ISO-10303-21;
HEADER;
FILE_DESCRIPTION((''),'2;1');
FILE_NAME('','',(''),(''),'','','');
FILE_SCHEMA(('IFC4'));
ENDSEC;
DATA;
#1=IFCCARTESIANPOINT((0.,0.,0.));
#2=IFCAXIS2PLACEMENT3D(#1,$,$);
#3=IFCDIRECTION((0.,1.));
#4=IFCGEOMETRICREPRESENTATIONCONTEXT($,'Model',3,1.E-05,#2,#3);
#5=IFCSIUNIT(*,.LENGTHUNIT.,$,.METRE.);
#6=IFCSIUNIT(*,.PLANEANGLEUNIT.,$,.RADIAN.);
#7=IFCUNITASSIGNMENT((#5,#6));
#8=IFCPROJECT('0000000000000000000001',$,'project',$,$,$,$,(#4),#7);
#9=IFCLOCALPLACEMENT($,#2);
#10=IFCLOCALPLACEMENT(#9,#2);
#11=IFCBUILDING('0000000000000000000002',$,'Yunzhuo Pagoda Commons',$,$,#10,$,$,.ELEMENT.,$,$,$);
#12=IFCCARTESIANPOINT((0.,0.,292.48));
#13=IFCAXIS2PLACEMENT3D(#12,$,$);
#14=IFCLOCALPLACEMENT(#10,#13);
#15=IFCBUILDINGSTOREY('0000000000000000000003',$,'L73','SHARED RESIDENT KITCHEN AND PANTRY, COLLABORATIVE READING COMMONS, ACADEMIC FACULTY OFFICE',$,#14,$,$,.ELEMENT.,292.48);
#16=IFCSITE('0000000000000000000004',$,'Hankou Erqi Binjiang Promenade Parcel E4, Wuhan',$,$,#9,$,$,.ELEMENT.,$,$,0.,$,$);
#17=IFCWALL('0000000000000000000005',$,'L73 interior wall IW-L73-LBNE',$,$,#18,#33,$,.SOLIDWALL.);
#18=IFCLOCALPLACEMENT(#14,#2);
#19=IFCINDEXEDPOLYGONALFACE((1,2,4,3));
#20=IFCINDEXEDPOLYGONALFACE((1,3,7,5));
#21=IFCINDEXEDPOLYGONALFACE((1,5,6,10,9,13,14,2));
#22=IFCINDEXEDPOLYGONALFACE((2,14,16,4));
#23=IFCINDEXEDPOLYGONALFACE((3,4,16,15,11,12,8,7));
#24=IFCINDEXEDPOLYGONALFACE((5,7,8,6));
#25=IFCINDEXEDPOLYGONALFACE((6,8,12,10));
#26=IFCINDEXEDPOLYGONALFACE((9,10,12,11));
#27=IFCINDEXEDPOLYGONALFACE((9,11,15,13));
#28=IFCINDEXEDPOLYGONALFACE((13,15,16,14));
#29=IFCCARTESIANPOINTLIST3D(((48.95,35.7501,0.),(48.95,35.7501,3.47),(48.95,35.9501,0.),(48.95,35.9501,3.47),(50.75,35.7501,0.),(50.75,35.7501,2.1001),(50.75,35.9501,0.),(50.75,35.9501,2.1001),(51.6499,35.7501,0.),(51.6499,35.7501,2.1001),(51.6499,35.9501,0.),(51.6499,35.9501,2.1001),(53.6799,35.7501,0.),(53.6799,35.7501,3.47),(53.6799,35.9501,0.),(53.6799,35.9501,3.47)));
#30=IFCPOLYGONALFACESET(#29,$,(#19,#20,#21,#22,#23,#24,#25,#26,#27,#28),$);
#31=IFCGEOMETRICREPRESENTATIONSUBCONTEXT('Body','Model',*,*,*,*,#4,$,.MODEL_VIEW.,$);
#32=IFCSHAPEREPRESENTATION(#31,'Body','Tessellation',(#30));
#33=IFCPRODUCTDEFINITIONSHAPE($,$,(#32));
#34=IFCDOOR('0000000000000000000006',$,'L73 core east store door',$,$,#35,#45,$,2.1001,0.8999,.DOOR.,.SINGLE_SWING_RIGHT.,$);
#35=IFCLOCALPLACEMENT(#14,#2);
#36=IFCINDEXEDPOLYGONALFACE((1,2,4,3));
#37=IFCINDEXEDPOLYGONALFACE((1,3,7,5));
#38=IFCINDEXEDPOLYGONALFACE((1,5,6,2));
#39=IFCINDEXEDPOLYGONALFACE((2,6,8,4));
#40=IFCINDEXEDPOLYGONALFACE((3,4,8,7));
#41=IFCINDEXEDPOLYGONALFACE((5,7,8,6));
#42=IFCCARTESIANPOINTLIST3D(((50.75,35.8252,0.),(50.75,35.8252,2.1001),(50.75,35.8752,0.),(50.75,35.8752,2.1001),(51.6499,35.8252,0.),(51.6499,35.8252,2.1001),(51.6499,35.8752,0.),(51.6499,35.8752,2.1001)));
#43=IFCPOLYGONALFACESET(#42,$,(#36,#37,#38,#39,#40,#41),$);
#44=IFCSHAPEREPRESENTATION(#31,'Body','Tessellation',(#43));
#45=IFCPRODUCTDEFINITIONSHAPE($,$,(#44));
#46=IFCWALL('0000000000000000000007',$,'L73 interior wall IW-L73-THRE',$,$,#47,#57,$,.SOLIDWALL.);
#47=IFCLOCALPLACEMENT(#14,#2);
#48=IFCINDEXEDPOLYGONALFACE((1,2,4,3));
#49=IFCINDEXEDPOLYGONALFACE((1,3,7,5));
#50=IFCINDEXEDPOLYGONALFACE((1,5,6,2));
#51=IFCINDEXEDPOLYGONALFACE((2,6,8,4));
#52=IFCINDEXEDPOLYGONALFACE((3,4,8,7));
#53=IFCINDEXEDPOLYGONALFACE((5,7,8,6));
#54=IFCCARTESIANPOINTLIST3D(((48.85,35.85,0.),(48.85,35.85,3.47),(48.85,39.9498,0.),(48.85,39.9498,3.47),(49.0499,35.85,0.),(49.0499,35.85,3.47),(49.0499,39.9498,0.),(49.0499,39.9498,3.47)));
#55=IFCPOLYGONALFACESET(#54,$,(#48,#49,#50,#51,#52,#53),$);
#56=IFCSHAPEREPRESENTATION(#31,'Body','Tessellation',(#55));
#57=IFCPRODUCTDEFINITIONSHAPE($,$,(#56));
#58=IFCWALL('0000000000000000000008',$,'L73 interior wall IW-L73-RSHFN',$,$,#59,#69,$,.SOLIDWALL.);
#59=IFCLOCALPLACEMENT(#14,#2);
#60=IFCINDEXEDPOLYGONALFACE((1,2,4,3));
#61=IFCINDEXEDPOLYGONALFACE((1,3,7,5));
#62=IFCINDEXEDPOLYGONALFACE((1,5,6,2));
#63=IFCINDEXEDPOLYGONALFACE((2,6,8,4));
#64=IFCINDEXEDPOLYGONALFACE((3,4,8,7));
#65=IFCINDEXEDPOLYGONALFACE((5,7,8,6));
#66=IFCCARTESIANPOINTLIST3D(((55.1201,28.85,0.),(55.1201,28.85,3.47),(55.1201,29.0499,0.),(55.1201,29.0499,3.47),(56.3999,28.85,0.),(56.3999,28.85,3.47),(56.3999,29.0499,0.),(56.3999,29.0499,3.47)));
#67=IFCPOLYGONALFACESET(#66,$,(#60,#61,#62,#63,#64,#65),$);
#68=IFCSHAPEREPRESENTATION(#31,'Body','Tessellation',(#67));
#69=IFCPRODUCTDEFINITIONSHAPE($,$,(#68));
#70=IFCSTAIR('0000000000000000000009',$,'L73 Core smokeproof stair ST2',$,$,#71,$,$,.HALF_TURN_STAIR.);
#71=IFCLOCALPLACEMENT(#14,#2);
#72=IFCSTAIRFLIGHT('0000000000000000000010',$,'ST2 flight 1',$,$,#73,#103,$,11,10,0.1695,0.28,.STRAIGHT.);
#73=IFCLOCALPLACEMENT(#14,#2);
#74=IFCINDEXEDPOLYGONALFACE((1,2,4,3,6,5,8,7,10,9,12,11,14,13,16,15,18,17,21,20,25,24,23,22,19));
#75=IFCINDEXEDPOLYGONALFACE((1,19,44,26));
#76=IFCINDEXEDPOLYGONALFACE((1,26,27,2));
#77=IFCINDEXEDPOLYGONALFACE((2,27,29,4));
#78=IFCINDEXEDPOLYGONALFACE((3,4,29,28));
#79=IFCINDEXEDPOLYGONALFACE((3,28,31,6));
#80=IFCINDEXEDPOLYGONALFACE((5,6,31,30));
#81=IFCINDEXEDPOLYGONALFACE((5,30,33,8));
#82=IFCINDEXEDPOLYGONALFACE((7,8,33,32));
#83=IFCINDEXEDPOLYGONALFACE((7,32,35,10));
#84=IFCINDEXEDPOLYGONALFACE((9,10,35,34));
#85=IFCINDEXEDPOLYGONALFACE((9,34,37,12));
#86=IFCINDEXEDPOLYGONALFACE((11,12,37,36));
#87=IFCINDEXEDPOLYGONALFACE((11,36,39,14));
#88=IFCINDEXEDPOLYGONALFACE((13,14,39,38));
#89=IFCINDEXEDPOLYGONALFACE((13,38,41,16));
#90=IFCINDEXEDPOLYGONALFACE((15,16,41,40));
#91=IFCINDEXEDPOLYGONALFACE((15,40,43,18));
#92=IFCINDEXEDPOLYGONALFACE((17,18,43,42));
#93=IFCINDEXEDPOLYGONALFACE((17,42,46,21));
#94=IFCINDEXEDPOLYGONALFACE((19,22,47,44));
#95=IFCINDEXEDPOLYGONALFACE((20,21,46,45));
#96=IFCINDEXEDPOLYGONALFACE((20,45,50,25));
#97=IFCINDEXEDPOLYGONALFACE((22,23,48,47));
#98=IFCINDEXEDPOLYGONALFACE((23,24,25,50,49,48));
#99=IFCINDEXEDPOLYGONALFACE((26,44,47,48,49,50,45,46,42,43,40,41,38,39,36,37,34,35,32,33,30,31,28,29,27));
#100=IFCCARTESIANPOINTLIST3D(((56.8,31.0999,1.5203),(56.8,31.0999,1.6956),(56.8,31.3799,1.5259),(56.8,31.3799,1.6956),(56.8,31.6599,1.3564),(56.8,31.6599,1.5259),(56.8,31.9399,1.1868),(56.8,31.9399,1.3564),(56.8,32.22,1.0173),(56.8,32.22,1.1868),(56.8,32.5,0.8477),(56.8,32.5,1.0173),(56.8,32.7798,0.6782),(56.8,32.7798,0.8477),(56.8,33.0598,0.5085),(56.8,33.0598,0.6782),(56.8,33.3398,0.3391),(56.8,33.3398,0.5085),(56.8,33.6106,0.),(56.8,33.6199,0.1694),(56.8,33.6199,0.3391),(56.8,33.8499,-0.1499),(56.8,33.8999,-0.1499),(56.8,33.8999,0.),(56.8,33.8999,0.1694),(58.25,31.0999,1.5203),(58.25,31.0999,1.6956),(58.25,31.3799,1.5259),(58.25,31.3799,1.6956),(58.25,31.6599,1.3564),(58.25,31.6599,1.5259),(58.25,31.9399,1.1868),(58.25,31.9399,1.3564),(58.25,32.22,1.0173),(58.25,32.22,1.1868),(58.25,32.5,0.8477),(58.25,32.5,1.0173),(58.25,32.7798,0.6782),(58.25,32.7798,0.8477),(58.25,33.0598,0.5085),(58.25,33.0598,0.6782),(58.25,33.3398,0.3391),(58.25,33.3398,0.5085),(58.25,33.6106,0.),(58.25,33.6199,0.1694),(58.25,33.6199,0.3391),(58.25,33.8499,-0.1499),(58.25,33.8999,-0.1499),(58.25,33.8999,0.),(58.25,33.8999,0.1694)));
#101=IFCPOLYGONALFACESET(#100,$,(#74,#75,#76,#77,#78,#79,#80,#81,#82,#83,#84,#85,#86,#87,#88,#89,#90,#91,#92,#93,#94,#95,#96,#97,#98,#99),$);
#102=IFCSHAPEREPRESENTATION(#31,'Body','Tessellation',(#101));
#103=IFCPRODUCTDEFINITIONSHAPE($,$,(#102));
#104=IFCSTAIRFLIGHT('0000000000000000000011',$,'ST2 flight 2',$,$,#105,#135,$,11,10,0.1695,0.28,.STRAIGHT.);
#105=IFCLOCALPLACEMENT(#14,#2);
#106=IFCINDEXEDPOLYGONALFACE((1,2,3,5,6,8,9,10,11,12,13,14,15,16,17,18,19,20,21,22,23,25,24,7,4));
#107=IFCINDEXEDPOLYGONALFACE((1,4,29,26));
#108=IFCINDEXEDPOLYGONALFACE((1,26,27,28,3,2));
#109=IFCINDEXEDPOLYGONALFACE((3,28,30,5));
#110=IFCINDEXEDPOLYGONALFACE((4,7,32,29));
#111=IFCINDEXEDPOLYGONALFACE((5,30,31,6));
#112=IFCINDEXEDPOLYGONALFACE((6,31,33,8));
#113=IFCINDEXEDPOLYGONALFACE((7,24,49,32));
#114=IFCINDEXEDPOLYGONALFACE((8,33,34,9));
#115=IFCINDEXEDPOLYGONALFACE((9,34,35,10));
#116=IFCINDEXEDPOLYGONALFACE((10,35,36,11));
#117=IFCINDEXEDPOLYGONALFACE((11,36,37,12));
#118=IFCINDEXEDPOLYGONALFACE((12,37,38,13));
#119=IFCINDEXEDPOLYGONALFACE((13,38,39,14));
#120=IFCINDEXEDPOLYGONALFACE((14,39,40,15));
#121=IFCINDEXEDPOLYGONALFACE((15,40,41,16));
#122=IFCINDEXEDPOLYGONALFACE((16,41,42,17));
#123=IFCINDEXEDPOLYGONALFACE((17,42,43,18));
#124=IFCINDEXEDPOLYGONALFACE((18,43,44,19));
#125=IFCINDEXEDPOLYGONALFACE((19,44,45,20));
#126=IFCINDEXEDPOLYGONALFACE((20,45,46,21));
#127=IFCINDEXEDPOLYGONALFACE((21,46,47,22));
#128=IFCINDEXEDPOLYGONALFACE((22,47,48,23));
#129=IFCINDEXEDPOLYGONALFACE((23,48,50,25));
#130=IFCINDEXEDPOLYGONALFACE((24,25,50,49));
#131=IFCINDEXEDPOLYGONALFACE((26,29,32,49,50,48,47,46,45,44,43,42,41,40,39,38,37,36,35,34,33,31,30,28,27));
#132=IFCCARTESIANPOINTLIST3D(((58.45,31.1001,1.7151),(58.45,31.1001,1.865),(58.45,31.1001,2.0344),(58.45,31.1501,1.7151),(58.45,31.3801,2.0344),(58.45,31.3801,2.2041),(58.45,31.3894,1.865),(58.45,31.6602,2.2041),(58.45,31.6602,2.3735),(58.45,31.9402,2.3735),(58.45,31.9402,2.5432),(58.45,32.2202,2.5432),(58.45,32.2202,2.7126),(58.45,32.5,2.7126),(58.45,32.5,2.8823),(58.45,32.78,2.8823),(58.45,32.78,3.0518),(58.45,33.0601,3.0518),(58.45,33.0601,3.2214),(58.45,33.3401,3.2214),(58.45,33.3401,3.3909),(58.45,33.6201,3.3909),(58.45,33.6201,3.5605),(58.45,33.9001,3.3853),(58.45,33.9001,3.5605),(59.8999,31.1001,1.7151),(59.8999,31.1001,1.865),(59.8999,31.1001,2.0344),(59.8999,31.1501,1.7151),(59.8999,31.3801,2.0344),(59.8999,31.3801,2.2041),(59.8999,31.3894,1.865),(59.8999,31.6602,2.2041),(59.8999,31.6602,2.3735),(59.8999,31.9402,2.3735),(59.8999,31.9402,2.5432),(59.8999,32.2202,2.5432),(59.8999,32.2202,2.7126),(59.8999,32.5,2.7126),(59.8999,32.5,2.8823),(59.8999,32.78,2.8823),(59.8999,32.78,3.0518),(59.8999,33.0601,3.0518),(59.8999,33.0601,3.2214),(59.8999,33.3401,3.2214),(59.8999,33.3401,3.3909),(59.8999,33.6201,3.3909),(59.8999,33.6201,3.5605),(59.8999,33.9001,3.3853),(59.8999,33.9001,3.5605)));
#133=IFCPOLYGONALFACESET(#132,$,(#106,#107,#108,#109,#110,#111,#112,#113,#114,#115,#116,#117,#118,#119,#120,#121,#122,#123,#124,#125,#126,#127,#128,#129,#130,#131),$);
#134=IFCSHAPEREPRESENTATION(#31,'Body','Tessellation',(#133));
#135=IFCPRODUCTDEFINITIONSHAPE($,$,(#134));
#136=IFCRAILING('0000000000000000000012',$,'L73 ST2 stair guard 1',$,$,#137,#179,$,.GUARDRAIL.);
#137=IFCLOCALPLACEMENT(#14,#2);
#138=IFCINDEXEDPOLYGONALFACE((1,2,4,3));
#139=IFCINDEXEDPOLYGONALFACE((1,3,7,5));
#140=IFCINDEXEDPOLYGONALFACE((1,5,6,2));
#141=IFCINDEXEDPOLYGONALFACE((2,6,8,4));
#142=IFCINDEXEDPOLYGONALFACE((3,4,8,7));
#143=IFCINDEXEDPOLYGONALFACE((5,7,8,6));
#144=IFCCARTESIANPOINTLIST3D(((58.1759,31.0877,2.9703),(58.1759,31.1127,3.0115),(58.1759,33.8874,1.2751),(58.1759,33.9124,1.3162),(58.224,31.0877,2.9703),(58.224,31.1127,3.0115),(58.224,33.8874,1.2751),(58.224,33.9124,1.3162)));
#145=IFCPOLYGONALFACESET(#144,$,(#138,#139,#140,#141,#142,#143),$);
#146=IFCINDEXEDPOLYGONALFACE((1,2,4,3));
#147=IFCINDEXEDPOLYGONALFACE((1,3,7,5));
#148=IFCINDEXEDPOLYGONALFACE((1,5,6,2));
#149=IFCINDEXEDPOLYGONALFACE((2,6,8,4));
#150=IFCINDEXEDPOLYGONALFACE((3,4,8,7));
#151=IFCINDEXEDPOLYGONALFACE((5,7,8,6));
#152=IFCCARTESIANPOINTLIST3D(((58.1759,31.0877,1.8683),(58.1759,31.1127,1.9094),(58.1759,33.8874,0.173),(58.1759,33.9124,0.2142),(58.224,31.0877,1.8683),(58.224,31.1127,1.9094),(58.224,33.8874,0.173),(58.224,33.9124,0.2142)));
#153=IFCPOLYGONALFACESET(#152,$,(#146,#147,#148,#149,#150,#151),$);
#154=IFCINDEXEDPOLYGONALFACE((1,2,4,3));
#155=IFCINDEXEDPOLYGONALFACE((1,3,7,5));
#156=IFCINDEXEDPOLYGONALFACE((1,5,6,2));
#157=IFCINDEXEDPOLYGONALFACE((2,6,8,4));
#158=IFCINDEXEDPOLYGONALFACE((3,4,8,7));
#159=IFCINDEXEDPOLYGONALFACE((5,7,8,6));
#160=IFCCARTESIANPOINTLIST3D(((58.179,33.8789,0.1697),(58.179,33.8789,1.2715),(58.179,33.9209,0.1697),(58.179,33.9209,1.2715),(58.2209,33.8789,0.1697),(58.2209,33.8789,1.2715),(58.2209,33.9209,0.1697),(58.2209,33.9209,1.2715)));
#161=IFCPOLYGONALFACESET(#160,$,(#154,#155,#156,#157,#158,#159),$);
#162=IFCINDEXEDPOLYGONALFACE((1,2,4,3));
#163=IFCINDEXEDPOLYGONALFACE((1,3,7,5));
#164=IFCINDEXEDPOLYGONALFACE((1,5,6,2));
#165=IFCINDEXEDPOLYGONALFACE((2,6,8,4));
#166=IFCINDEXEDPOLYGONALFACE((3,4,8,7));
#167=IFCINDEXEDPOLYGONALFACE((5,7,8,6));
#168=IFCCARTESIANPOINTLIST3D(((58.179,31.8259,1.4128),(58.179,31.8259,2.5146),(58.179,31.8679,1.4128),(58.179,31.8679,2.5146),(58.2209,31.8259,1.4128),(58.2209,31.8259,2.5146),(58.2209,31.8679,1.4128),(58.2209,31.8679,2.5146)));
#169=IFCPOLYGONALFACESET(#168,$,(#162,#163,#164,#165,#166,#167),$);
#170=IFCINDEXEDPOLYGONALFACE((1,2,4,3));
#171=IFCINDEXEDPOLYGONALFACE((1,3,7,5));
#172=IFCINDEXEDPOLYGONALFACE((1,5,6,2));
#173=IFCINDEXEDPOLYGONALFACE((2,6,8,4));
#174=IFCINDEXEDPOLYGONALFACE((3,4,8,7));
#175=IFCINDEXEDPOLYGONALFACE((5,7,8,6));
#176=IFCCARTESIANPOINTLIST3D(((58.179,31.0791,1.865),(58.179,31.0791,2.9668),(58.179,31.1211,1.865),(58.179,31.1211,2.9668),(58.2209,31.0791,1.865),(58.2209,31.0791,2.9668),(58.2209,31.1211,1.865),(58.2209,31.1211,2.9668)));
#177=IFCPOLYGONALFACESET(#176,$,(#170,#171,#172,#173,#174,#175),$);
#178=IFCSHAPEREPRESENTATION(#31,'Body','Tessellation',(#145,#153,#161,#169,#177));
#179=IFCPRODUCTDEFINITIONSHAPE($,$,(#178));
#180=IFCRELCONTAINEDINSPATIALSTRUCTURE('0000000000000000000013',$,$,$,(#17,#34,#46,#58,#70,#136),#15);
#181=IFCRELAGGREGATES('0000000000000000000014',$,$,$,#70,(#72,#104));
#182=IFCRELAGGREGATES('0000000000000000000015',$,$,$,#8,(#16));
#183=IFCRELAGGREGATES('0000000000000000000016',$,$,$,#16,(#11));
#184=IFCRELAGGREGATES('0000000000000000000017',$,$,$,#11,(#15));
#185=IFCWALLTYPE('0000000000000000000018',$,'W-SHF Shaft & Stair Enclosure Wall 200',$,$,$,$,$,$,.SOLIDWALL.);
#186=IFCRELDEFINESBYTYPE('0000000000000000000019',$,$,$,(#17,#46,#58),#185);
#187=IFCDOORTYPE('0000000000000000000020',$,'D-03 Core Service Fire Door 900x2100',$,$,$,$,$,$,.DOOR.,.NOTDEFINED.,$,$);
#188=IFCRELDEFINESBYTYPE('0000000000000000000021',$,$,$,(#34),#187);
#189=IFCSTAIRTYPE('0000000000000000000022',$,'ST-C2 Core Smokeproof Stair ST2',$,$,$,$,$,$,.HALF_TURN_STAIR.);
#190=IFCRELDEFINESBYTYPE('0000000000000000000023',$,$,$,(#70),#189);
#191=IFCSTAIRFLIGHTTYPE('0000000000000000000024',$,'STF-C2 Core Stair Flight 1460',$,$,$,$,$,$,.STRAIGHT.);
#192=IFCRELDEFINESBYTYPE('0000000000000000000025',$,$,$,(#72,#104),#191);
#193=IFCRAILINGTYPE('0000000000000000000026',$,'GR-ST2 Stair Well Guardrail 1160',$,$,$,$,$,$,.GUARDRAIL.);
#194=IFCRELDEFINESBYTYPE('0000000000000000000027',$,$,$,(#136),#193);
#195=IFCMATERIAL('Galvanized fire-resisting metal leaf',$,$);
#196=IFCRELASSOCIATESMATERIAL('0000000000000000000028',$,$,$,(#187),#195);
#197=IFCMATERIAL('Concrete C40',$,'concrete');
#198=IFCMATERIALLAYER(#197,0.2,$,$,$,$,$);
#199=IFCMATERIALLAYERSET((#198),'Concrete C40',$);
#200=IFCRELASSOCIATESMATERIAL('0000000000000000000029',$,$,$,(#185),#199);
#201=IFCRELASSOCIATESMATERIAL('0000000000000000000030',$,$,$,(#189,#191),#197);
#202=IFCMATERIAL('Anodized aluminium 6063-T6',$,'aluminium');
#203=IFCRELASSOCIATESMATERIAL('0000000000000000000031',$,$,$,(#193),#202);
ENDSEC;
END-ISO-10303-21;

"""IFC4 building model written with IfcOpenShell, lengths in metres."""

from ifc_helpers import new_model, si_unit, direction, frame, frame_2d, origin, origin_2d, place, context, subcontext, project, spatial, polyline, rectangle, outline, extrude, source, transform, mapped, material, layer, layer_set, type_object, element, fill, aggregate, save


model = new_model("IFC4")

# Units and contexts
model_context = context("Model", 3, precision=1e-05, world=origin(), true_north=direction((0.0, 1.0)))
body_context = subcontext(model_context, "Body", "Model", "MODEL_VIEW")
ifc_project = project(units=[si_unit("LENGTHUNIT", "METRE"), si_unit("PLANEANGLEUNIT", "RADIAN")], contexts=[model_context])

# Site, building, storey
site_placement = place(None, origin())
site = spatial("IfcSite", under=ifc_project, at=site_placement, Name="Hankou Erqi Binjiang Promenade Parcel E4, Wuhan", CompositionType="ELEMENT", RefElevation=0.0)
building_placement = place(site_placement, origin())
building = spatial("IfcBuilding", under=site, at=building_placement, Name="Yunzhuo Pagoda Commons", CompositionType="ELEMENT")
storey_placement = place(building_placement, frame((0.0, 0.0, 292.48)))
storey = spatial("IfcBuildingStorey", under=building, at=storey_placement, Name="L73", Description="SHARED RESIDENT KITCHEN AND PANTRY, COLLABORATIVE READING COMMONS, ACADEMIC FACULTY OFFICE", CompositionType="ELEMENT", Elevation=292.48)

# Shared definitions
ifc_material_1 = material(Name="Galvanized fire-resisting metal leaf")

# Shared definitions
door_type_1 = type_object("IfcDoorType", Name="D-03 Core Service Fire Door 900x2100", OperationType="NOTDEFINED", PredefinedType="DOOR", material=ifc_material_1)
shared_shape_1 = source(origin(), body_context, "Body", "SweptSolid", [
    extrude(rectangle(XDim=0.8999, YDim=2.1001, at=frame_2d((0.45, 1.05))), frame((0.0, 0.0249, 0.0), z_axis=(0.0, -1.0, 0.0), x_axis=(1.0, 0.0, 0.0)), (0.0, 0.0, 1.0), 0.05),
])

# Shared definitions
ifc_material_2 = material(Name="Concrete C40", Category="concrete")
ifc_layer_1 = layer(ifc_material_2, 0.2)
ifc_layer_set_1 = layer_set([ifc_layer_1], Name="Concrete C40")
wall_type_1 = type_object("IfcWallType", Name="W-SHF Shaft & Stair Enclosure Wall 200", PredefinedType="SOLIDWALL", material=ifc_layer_set_1)

# Wall, opening, door
wall_1_placement = place(storey_placement, frame((48.95, 35.8501, 0.0), z_axis=(0.0, 0.0, 1.0), x_axis=(1.0, 0.0, 0.0)))
wall_1 = element("IfcWall", 1, at=wall_1_placement, inside=storey, type_object=wall_type_1, Name="L73 interior wall IW-L73-LBNE", PredefinedType="SOLIDWALL", context=body_context, shape_type="SweptSolid", body=[
    extrude(rectangle(XDim=4.73, YDim=0.2, at=frame_2d((2.365, 0.0))), origin(), (0.0, 0.0, 1.0), 3.47),
])
opening_1_placement = place(wall_1_placement, frame((1.8, 0.0, 0.0)))
opening_1 = element("IfcOpeningElement", 2, at=opening_1_placement, cuts=wall_1, PredefinedType="OPENING", context=body_context, shape_type="SweptSolid", body=[
    extrude(rectangle(XDim=0.8999, YDim=2.1001, at=frame_2d((0.45, 1.05))), frame((0.0, 0.1099, 0.0), z_axis=(0.0, -1.0, 0.0), x_axis=(1.0, 0.0, 0.0)), (0.0, 0.0, 1.0), 0.22),
])
door_1_placement = place(opening_1_placement, frame((0.8999, 0.0, 0.0), z_axis=(0.0, 0.0, 1.0), x_axis=(-1.0, 0.0, 0.0)))
door_1 = element("IfcDoor", 3, at=door_1_placement, inside=storey, type_object=door_type_1, Name="L73 core east store door", OperationType="SINGLE_SWING_RIGHT", OverallHeight=2.1001, OverallWidth=0.8999, PredefinedType="DOOR", context=body_context, shape_type="MappedRepresentation", body=[
    mapped(shared_shape_1, transform((0.0, 0.0, 0.0), scale=1.0)),
])
fill(opening_1, door_1)

# Walls
wall_2_placement = place(storey_placement, frame((48.95, 35.8501, 0.0), z_axis=(0.0, 0.0, 1.0), x_axis=(0.0, 1.0, 0.0)))
element("IfcWall", 4, at=wall_2_placement, inside=storey, type_object=wall_type_1, Name="L73 interior wall IW-L73-THRE", PredefinedType="SOLIDWALL", context=body_context, shape_type="SweptSolid", body=[
    extrude(rectangle(XDim=4.0999, YDim=0.2, at=frame_2d((2.0498, 0.0))), origin(), (0.0, 0.0, 1.0), 3.47),
])
wall_3_placement = place(storey_placement, frame((55.1201, 28.95, 0.0), z_axis=(0.0, 0.0, 1.0), x_axis=(1.0, 0.0, 0.0)))
element("IfcWall", 5, at=wall_3_placement, inside=storey, type_object=wall_type_1, Name="L73 interior wall IW-L73-RSHFN", PredefinedType="SOLIDWALL", context=body_context, shape_type="SweptSolid", body=[
    extrude(rectangle(XDim=1.2798, YDim=0.2, at=frame_2d((0.6399, 0.0))), origin(), (0.0, 0.0, 1.0), 3.47),
])

# Stair, stair flights
stair_type = type_object("IfcStairType", Name="ST-C2 Core Smokeproof Stair ST2", PredefinedType="HALF_TURN_STAIR", material=ifc_material_2)
stair_placement = place(storey_placement, origin())
stair = element("IfcStair", 6, at=stair_placement, inside=storey, type_object=stair_type, Name="L73 Core smokeproof stair ST2", PredefinedType="HALF_TURN_STAIR")
stair_flight_type = type_object("IfcStairFlightType", Name="STF-C2 Core Stair Flight 1460", PredefinedType="STRAIGHT", material=ifc_material_2)
shared_shape_2 = source(origin(), body_context, "Body", "SweptSolid", [
    extrude(outline(polyline([(0.0, -0.1499), (0.0, 0.0), (0.0, 0.1694), (0.28, 0.1694), (0.28, 0.3391), (0.5601, 0.3391), (0.5601, 0.5085), (0.8401, 0.5085), (0.8401, 0.6782), (1.1201, 0.6782), (1.1201, 0.8477), (1.3999, 0.8477), (1.3999, 1.0173), (1.6799, 1.0173), (1.6799, 1.1868), (1.96, 1.1868), (1.96, 1.3564), (2.24, 1.3564), (2.24, 1.5259), (2.52, 1.5259), (2.52, 1.6956), (2.8, 1.6956), (2.8, 1.865), (2.8, 1.5203), (0.2893, 0.0), (0.05, -0.1499), (0.0, -0.1499)])), frame((0.0, 0.7251, 0.0), z_axis=(0.0, -1.0, 0.0), x_axis=(1.0, 0.0, 0.0)), (0.0, 0.0, 1.0), 1.45),
])
stair_flight_1_placement = place(storey_placement, frame((57.5249, 33.8999, 0.0), z_axis=(0.0, 0.0, 1.0), x_axis=(0.0, -1.0, 0.0)))
stair_flight_1 = element("IfcStairFlight", 7, at=stair_flight_1_placement, type_object=stair_flight_type, Name="ST2 flight 1", NumberOfRisers=11, NumberOfTreads=10, PredefinedType="STRAIGHT", RiserHeight=0.1695, TreadLength=0.28, context=body_context, shape_type="MappedRepresentation", body=[
    mapped(shared_shape_2, transform((0.0, 0.0, 0.0), scale=1.0)),
])
stair_flight_2_placement = place(storey_placement, frame((59.175, 31.1001, 1.865), z_axis=(0.0, 0.0, 1.0), x_axis=(0.0, 1.0, 0.0)))
stair_flight_2 = element("IfcStairFlight", 8, at=stair_flight_2_placement, type_object=stair_flight_type, Name="ST2 flight 2", NumberOfRisers=11, NumberOfTreads=10, PredefinedType="STRAIGHT", RiserHeight=0.1695, TreadLength=0.28, context=body_context, shape_type="MappedRepresentation", body=[
    mapped(shared_shape_2, transform((0.0, 0.0, 0.0), scale=1.0)),
])
aggregate(stair, [stair_flight_1, stair_flight_2])

# Railing
ifc_material_3 = material(Name="Anodized aluminium 6063-T6", Category="aluminium")
railing_type_1 = type_object("IfcRailingType", Name="GR-ST2 Stair Well Guardrail 1160", PredefinedType="GUARDRAIL", material=ifc_material_3)
railing_1_placement = place(storey_placement, frame((58.2, 33.8999, 0.1697)))
element("IfcRailing", 9, at=railing_1_placement, inside=storey, type_object=railing_type_1, Name="L73 ST2 stair guard 1", PredefinedType="GUARDRAIL", context=body_context, shape_type="SweptSolid", body=[
    extrude(rectangle(XDim=0.0481, YDim=0.0481, at=origin_2d()), frame((0.0, 0.0, 1.126), z_axis=(0.0, -0.855406, 0.517958), x_axis=(1.0, 0.0, 0.0)), (0.0, 0.0, 1.0), 3.2729),
    extrude(rectangle(XDim=0.0481, YDim=0.0481, at=origin_2d()), frame((0.0, 0.0, 0.0239), z_axis=(0.0, -0.855406, 0.517958), x_axis=(1.0, 0.0, 0.0)), (0.0, 0.0, 1.0), 3.2729),
    extrude(rectangle(XDim=0.042, YDim=0.042, at=origin_2d()), origin(), (0.0, 0.0, 1.0), 1.1018),
    extrude(rectangle(XDim=0.042, YDim=0.042, at=origin_2d()), frame((0.0, -2.053, 1.2432)), (0.0, 0.0, 1.0), 1.1018),
    extrude(rectangle(XDim=0.042, YDim=0.042, at=origin_2d()), frame((0.0, -2.7998, 1.6953)), (0.0, 0.0, 1.0), 1.1018),
])

save(model, "model.ifc")
